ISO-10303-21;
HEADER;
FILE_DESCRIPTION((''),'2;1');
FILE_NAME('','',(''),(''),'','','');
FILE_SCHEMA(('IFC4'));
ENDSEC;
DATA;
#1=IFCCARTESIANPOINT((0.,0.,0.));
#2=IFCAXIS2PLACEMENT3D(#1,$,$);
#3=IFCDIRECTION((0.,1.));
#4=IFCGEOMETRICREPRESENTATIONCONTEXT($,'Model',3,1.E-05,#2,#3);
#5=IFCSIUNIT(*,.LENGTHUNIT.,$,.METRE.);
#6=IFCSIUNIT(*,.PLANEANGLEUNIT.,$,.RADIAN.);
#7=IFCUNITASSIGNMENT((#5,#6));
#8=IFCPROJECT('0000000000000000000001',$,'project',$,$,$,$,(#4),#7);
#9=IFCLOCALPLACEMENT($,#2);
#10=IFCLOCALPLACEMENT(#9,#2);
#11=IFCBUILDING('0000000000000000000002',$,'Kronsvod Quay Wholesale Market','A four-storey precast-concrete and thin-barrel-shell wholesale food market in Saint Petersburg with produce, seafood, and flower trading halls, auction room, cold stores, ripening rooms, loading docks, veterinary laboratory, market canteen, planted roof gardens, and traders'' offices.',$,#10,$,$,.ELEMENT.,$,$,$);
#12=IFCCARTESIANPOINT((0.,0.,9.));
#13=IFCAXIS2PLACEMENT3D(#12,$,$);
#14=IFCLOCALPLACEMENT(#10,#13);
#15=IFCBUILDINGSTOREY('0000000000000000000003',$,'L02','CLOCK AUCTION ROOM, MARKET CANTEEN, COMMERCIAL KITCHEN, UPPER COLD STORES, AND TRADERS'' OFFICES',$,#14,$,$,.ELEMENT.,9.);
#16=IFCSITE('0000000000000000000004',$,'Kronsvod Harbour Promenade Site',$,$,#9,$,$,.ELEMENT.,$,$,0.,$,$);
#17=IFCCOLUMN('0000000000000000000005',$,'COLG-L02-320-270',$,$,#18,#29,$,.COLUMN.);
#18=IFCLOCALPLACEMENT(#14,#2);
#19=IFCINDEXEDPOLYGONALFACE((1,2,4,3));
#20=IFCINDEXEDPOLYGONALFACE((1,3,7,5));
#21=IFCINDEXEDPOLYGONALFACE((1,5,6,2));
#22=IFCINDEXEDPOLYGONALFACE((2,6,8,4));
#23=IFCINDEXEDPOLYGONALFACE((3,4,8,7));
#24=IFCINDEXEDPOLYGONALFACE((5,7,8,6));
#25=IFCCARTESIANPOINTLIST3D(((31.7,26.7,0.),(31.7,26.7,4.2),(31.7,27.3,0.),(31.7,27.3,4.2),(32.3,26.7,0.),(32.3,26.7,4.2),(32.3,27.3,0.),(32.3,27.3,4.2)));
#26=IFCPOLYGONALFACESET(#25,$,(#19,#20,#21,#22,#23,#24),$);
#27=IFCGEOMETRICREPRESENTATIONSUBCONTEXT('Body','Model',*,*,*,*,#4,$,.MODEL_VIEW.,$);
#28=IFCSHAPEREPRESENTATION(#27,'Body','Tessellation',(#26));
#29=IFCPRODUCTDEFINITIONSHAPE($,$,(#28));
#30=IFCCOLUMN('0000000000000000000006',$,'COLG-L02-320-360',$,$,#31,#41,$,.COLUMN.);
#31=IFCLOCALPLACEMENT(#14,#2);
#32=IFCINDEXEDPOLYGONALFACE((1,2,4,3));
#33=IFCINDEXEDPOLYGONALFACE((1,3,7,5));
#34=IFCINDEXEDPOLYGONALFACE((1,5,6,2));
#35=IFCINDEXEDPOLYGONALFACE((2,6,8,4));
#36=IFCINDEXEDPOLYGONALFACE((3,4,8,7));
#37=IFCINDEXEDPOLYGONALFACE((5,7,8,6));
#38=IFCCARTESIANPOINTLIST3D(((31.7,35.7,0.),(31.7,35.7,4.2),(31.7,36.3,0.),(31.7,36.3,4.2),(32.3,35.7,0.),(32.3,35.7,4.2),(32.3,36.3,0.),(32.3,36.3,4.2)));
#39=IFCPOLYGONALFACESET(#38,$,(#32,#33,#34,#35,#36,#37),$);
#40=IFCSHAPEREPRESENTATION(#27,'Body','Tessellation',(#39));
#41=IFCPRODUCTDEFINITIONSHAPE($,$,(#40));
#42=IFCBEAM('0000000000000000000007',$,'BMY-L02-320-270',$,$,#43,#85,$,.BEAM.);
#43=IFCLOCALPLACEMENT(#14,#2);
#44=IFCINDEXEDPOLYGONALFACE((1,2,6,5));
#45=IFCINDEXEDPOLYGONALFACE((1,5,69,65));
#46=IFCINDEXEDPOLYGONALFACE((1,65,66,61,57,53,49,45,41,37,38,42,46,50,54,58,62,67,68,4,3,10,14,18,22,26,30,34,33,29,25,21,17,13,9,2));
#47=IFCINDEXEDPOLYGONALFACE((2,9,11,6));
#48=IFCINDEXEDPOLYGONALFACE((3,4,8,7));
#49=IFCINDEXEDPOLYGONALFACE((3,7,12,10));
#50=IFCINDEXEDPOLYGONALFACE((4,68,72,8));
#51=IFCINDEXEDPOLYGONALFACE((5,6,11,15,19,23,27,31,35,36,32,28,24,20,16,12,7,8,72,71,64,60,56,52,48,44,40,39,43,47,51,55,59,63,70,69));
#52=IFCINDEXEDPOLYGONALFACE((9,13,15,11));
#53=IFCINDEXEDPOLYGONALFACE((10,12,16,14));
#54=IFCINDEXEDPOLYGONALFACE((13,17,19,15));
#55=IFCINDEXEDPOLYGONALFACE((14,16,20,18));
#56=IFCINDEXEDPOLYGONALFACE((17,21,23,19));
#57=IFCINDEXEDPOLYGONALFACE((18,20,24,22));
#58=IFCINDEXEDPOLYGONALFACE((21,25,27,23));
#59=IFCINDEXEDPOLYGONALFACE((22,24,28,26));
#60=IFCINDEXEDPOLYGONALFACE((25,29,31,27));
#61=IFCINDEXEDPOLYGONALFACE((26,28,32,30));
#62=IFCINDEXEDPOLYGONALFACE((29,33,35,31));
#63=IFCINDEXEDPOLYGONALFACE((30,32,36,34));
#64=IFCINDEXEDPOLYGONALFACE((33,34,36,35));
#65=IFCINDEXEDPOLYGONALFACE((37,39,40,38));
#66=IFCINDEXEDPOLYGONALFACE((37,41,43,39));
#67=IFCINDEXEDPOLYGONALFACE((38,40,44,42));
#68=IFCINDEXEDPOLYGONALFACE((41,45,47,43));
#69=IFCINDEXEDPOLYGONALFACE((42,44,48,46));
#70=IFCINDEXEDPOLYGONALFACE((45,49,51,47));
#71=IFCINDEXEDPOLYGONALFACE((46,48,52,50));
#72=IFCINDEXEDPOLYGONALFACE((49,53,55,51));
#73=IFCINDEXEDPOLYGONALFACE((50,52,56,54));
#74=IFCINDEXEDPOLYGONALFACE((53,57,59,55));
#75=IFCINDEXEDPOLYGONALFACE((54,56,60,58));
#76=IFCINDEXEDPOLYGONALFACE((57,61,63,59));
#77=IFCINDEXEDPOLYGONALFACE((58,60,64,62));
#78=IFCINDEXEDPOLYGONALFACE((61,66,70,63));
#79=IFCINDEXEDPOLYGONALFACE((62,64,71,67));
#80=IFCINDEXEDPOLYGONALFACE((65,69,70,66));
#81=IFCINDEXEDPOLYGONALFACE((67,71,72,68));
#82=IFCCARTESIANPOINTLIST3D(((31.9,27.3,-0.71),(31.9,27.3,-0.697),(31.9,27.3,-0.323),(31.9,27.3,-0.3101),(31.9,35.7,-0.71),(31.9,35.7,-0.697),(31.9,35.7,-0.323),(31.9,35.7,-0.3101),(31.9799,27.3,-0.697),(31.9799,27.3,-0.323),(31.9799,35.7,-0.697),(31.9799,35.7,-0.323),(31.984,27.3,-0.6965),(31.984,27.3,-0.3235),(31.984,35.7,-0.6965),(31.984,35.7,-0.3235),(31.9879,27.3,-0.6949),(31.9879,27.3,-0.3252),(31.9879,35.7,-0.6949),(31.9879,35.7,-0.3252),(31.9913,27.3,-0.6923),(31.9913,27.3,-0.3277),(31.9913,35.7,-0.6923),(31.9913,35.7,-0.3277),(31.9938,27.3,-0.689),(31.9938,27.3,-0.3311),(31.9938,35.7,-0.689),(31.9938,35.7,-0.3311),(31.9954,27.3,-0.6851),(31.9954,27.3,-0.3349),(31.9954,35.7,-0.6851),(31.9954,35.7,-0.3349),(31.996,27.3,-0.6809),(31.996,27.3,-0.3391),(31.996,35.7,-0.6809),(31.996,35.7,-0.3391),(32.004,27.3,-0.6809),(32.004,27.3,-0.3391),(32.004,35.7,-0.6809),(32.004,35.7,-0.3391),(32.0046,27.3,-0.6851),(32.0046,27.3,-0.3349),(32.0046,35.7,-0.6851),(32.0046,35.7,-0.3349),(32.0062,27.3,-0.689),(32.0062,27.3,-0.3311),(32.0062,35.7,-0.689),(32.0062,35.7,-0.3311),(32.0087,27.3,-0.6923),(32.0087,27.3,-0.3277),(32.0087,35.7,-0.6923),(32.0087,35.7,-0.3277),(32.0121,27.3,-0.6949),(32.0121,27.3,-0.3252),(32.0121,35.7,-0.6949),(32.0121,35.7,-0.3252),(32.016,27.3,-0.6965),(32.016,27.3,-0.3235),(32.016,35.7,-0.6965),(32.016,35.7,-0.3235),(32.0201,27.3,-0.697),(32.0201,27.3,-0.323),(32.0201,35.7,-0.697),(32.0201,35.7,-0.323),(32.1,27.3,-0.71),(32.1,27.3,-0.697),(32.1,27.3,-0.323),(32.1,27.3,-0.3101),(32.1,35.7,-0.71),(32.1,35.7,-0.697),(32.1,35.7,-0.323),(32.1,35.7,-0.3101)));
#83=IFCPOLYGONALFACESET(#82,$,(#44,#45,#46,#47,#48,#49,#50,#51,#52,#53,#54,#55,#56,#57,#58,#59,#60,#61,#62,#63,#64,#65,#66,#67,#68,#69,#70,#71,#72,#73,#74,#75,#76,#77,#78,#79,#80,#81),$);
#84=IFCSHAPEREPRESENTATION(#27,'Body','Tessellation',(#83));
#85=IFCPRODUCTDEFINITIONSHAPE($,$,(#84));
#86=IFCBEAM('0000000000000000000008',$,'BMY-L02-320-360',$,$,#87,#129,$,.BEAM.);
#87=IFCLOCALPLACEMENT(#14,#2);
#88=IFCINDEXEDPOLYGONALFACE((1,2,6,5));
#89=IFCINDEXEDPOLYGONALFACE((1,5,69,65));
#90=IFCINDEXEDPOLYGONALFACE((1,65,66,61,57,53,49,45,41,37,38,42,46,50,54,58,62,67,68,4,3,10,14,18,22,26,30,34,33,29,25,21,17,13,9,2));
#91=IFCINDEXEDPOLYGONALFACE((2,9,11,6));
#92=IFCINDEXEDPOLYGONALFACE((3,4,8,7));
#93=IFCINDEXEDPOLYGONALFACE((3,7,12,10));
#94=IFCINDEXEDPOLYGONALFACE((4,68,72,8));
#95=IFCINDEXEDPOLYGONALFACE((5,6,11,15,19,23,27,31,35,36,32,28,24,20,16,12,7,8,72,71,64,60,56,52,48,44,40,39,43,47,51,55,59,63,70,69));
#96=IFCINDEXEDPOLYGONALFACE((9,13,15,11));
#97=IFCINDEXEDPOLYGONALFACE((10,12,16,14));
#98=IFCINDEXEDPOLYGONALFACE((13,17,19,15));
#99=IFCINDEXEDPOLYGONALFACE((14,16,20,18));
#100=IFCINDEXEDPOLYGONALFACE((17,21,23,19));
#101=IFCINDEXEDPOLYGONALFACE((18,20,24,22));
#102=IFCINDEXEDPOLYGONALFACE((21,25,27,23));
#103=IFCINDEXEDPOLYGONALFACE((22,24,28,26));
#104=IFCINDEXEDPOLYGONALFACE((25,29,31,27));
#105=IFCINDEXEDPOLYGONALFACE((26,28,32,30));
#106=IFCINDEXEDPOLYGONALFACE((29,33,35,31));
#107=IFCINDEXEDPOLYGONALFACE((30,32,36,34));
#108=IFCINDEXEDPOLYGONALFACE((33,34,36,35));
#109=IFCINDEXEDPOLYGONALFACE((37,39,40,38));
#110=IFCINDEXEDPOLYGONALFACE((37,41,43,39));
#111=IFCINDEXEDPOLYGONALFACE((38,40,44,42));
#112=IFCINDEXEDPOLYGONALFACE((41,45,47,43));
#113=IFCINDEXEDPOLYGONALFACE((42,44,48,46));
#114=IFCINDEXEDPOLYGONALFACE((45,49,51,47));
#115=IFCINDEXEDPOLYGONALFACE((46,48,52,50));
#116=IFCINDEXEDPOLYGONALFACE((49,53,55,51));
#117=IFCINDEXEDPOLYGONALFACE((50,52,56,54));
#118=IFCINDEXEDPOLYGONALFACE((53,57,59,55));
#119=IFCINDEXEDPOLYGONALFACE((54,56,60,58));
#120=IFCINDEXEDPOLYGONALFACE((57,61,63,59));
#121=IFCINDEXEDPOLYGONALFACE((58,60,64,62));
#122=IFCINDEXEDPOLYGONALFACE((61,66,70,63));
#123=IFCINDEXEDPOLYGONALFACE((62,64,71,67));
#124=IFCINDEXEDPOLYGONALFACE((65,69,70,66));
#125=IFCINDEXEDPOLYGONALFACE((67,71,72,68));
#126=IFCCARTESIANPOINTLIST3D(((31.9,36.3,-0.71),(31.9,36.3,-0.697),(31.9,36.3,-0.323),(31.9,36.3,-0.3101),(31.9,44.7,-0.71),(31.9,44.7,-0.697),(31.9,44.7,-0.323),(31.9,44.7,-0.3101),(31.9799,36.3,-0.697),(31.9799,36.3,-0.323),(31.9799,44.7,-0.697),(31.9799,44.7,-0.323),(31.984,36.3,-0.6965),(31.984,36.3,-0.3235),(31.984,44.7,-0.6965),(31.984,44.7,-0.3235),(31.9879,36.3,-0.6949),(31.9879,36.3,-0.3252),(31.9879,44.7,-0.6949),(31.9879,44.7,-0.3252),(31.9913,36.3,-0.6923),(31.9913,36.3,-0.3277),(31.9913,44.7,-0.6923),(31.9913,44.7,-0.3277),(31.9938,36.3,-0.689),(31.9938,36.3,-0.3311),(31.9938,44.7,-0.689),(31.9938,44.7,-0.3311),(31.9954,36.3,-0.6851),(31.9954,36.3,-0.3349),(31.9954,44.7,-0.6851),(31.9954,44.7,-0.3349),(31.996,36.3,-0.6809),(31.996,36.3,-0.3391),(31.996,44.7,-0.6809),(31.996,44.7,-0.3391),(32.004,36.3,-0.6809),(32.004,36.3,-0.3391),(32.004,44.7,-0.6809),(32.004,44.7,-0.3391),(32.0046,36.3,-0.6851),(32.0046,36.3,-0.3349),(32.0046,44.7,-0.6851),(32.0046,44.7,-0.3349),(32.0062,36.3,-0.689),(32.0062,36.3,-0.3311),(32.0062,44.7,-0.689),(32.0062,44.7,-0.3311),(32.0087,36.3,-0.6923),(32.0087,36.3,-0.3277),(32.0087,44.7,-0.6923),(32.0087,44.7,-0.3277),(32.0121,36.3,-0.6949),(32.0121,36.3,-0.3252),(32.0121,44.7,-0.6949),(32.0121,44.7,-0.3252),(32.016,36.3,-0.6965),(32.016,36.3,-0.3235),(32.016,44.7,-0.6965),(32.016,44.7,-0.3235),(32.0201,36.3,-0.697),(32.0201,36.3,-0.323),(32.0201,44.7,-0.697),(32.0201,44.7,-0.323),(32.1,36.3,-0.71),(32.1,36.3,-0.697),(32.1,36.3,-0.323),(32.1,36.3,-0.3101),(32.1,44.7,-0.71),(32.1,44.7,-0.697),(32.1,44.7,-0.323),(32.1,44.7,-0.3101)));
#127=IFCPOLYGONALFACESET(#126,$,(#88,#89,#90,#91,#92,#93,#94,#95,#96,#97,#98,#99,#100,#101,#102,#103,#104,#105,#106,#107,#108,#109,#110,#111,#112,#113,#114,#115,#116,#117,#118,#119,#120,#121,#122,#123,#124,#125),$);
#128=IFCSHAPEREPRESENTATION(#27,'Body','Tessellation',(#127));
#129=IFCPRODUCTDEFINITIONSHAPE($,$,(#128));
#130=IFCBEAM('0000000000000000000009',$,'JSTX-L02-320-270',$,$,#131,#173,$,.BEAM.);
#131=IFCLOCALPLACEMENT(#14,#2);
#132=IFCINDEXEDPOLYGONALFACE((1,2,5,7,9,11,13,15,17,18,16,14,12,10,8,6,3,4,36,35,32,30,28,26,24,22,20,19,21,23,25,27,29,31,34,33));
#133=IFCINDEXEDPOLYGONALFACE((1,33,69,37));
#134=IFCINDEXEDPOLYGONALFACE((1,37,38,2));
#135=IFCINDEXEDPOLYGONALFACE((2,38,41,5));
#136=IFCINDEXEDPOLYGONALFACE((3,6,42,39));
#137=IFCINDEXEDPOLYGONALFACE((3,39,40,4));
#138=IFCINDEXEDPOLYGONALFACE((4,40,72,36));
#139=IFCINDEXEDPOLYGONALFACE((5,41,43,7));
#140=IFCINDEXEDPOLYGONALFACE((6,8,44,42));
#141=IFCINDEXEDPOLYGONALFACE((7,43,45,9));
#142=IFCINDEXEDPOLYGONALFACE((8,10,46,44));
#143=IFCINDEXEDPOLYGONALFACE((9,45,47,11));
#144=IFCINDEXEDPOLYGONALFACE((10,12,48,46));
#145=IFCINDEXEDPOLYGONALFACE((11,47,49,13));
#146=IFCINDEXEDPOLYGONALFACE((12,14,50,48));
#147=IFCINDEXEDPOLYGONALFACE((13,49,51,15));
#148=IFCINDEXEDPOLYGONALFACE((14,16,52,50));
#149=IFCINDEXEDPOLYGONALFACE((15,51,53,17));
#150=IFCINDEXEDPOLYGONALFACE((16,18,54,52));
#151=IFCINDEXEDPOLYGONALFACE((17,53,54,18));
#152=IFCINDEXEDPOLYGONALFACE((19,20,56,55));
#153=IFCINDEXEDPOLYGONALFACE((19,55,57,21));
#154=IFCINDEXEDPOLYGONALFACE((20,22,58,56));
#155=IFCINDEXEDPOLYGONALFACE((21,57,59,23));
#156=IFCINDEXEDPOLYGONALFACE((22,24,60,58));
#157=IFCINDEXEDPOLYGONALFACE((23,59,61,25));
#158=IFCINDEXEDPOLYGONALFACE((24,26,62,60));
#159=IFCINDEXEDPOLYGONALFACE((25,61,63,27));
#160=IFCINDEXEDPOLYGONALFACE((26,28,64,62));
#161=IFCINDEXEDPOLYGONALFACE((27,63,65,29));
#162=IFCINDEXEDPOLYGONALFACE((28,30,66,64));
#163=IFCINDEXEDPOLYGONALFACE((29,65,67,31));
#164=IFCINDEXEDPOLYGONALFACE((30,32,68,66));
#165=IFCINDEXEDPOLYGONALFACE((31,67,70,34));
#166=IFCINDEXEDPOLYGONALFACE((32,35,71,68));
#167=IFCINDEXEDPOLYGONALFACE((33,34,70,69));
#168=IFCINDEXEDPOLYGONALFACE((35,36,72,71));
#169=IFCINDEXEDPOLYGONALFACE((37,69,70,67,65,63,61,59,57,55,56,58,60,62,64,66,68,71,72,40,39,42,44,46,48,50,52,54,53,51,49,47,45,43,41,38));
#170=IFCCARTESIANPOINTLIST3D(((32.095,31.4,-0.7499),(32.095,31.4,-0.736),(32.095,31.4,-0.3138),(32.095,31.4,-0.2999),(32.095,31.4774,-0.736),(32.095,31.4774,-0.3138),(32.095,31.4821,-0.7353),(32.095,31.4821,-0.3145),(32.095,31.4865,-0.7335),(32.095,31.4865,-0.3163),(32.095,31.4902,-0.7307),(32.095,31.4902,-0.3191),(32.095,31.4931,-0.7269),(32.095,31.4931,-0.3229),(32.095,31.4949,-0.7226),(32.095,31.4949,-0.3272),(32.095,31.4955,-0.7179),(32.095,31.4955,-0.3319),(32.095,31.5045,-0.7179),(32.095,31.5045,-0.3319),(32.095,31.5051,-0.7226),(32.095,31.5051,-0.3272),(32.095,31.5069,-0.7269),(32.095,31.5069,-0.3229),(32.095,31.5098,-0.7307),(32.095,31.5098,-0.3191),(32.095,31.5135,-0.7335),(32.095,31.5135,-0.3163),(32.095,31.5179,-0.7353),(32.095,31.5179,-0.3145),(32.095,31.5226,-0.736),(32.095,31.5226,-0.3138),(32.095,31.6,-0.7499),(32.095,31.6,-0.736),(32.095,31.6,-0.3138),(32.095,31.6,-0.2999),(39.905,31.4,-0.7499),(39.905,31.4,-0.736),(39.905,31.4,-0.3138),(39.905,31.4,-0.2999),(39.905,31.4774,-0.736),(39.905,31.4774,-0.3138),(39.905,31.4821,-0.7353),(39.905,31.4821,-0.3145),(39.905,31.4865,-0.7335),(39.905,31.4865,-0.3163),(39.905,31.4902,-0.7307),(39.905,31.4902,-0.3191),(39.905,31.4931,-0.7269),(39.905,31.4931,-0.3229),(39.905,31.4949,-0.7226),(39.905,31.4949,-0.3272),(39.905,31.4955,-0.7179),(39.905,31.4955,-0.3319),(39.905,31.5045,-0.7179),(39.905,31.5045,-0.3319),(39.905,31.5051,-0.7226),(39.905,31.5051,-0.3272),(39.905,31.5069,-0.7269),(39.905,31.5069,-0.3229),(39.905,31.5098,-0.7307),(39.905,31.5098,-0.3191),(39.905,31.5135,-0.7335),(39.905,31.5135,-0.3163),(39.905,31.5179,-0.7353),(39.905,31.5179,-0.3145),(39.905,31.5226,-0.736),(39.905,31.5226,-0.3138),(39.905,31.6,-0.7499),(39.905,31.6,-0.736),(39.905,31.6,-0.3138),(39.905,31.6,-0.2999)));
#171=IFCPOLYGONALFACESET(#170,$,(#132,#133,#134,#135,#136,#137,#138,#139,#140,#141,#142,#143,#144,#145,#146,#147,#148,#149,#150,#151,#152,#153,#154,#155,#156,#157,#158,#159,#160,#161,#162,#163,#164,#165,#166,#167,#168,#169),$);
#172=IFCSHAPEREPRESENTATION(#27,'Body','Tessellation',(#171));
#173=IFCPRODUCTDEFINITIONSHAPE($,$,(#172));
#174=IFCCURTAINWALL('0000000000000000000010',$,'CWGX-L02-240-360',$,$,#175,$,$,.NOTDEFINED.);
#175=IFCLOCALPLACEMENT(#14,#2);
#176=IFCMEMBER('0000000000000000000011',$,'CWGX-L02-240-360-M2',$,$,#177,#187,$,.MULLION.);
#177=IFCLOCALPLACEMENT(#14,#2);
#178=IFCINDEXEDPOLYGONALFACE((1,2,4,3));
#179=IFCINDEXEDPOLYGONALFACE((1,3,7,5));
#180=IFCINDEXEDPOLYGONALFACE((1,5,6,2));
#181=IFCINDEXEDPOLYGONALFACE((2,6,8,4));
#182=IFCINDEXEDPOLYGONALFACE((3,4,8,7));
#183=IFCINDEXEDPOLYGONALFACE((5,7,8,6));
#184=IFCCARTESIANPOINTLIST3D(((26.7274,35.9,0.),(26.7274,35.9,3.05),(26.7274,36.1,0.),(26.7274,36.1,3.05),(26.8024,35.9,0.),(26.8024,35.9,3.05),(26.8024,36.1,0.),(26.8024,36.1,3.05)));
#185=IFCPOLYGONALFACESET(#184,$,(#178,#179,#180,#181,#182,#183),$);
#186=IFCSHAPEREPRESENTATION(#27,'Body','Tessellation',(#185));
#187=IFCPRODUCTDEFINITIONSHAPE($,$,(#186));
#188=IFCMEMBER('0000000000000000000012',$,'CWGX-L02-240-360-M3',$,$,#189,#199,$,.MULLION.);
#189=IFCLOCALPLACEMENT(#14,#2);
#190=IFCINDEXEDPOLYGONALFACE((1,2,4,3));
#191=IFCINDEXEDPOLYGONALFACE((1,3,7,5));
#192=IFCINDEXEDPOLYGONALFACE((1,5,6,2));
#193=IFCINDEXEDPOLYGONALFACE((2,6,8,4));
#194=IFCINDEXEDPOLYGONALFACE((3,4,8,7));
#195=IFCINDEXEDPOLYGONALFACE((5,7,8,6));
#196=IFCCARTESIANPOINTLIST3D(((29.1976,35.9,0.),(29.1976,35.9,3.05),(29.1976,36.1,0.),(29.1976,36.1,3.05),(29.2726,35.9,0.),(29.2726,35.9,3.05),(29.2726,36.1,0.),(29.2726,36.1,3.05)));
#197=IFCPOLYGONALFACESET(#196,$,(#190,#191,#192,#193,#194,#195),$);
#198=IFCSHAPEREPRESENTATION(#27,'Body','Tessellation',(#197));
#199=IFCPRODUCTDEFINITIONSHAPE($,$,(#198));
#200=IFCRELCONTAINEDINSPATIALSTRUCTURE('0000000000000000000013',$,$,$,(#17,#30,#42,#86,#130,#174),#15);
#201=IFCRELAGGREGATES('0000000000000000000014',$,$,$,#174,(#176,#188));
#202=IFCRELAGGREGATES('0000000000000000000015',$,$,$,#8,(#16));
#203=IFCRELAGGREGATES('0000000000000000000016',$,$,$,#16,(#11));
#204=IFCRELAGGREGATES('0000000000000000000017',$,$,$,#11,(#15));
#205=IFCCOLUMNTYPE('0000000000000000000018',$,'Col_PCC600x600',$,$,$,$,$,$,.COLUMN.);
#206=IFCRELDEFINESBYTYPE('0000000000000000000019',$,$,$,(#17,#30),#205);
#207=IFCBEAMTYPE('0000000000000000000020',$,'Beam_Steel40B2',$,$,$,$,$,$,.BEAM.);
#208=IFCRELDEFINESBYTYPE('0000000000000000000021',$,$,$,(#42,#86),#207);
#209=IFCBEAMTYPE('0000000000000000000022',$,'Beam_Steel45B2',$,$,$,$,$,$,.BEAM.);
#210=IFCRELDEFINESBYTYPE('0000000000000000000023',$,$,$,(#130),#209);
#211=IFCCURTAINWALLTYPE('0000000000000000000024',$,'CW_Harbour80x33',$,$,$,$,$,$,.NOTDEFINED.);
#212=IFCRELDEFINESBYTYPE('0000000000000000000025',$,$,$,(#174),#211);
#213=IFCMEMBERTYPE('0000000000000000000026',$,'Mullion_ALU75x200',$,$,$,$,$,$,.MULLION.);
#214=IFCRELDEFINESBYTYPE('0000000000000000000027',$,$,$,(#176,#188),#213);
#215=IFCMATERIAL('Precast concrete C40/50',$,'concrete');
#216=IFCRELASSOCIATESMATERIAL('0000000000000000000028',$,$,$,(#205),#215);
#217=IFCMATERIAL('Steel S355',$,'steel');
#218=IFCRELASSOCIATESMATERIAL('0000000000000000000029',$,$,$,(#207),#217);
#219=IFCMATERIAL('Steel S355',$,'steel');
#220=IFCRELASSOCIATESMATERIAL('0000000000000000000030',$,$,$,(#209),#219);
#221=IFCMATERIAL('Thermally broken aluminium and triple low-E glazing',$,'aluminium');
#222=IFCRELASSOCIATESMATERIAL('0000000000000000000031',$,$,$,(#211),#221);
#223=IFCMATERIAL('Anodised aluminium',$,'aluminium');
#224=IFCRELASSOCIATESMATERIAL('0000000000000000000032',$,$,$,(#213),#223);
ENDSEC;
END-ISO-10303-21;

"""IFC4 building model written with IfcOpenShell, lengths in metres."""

from ifc_helpers import new_model, si_unit, direction, frame, origin, origin_2d, place, context, subcontext, project, spatial, rectangle, i_section, extrude, material, material_profile, profile_set, type_object, element, aggregate, save


model = new_model("IFC4")

# Units and contexts
model_context = context("Model", 3, precision=1e-05, world=origin(), true_north=direction((0.0, 1.0)))
body_context = subcontext(model_context, "Body", "Model", "MODEL_VIEW")
ifc_project = project(units=[si_unit("LENGTHUNIT", "METRE"), si_unit("PLANEANGLEUNIT", "RADIAN")], contexts=[model_context])

# Site, building, storey
site_placement = place(None, origin())
site = spatial("IfcSite", under=ifc_project, at=site_placement, Name="Kronsvod Harbour Promenade Site", CompositionType="ELEMENT", RefElevation=0.0)
building_placement = place(site_placement, origin())
building = spatial("IfcBuilding", under=site, at=building_placement, Name="Kronsvod Quay Wholesale Market", Description="A four-storey precast-concrete and thin-barrel-shell wholesale food market in Saint Petersburg with produce, seafood, and flower trading halls, auction room, cold stores, ripening rooms, loading docks, veterinary laboratory, market canteen, planted roof gardens, and traders' offices.", CompositionType="ELEMENT")
storey_placement = place(building_placement, frame((0.0, 0.0, 9.0)))
storey = spatial("IfcBuildingStorey", under=building, at=storey_placement, Name="L02", Description="CLOCK AUCTION ROOM, MARKET CANTEEN, COMMERCIAL KITCHEN, UPPER COLD STORES, AND TRADERS' OFFICES", CompositionType="ELEMENT", Elevation=9.0)

# Columns
ifc_material_1 = material(Name="Precast concrete C40/50", Category="concrete")
ifc_material_profile_1 = material_profile(ifc_material_1, rectangle(XDim=0.6001, YDim=0.6001, at=origin_2d()), Name="PCC600x600")
ifc_profile_set_1 = profile_set([ifc_material_profile_1], Name="Precast concrete C40/50")
column_type = type_object("IfcColumnType", Name="Col_PCC600x600", PredefinedType="COLUMN", material=ifc_profile_set_1)
for number, where, z_axis, x_axis, name in (
    (1, (32.0, 27.0, 0.0), (0.0, 0.0, 1.0), (1.0, 0.0, 0.0), "COLG-L02-320-270"),
    (2, (32.0, 36.0, 0.0), (0.0, 0.0, 1.0), (1.0, 0.0, 0.0), "COLG-L02-320-360"),
):
    element("IfcColumn", number, at=place(storey_placement, frame(where, z_axis=z_axis, x_axis=x_axis)), inside=storey, type_object=column_type, Name=name, PredefinedType="COLUMN", context=body_context, shape_type="SweptSolid", body=[
        extrude(rectangle(XDim=0.6001, YDim=0.6001, at=origin_2d()), origin(), (0.0, 0.0, 1.0), 4.2),
    ])

# Beams
ifc_material_2 = material(Name="Steel S355", Category="steel")
ifc_material_profile_2 = material_profile(ifc_material_2, i_section(OverallWidth=0.2, OverallDepth=0.3999, WebThickness=0.0081, FlangeThickness=0.0129, FilletRadius=0.0161, at=origin_2d()), Name="40B2")
ifc_profile_set_2 = profile_set([ifc_material_profile_2], Name="Steel S355")
beam_type_1 = type_object("IfcBeamType", Name="Beam_Steel40B2", PredefinedType="BEAM", material=ifc_profile_set_2)
for number, where, z_axis, x_axis, name in (
    (3, (32.0, 27.3, -0.51), (0.0, 1.0, 0.0), (-1.0, 0.0, 0.0), "BMY-L02-320-270"),
    (4, (32.0, 36.3, -0.51), (0.0, 1.0, 0.0), (-1.0, 0.0, 0.0), "BMY-L02-320-360"),
):
    element("IfcBeam", number, at=place(storey_placement, frame(where, z_axis=z_axis, x_axis=x_axis)), inside=storey, type_object=beam_type_1, Name=name, PredefinedType="BEAM", context=body_context, shape_type="SweptSolid", body=[
        extrude(i_section(OverallWidth=0.2, OverallDepth=0.3999, WebThickness=0.0081, FlangeThickness=0.0129, FilletRadius=0.0161, at=origin_2d()), origin(), (0.0, 0.0, 1.0), 8.3999),
    ])
ifc_material_3 = material(Name="Steel S355", Category="steel")
ifc_material_profile_3 = material_profile(ifc_material_3, i_section(OverallWidth=0.2, OverallDepth=0.45, WebThickness=0.009, FlangeThickness=0.0139, FilletRadius=0.0181, at=origin_2d()), Name="45B2")
ifc_profile_set_3 = profile_set([ifc_material_profile_3], Name="Steel S355")
beam_type_2 = type_object("IfcBeamType", Name="Beam_Steel45B2", PredefinedType="BEAM", material=ifc_profile_set_3)
beam_placement = place(storey_placement, frame((32.095, 31.5, -0.5249), z_axis=(1.0, 0.0, 0.0), x_axis=(0.0, 1.0, 0.0)))
element("IfcBeam", 5, at=beam_placement, inside=storey, type_object=beam_type_2, Name="JSTX-L02-320-270", PredefinedType="BEAM", context=body_context, shape_type="SweptSolid", body=[
    extrude(i_section(OverallWidth=0.2, OverallDepth=0.45, WebThickness=0.009, FlangeThickness=0.0139, FilletRadius=0.0181, at=origin_2d()), origin(), (0.0, 0.0, 1.0), 7.8101),
])

# Curtain wall, members
ifc_material_4 = material(Name="Thermally broken aluminium and triple low-E glazing", Category="aluminium")
curtain_wall_type = type_object("IfcCurtainWallType", Name="CW_Harbour80x33", PredefinedType="NOTDEFINED", material=ifc_material_4)
curtain_wall_placement = place(storey_placement, origin())
curtain_wall = element("IfcCurtainWall", 6, at=curtain_wall_placement, inside=storey, type_object=curtain_wall_type, Name="CWGX-L02-240-360", PredefinedType="NOTDEFINED")
ifc_material_5 = material(Name="Anodised aluminium", Category="aluminium")
ifc_material_profile_4 = material_profile(ifc_material_5, rectangle(XDim=0.075, YDim=0.2, at=origin_2d()), Name="ALUM75x200")
ifc_profile_set_4 = profile_set([ifc_material_profile_4], Name="Anodised aluminium")
member_type_1 = type_object("IfcMemberType", Name="Mullion_ALU75x200", PredefinedType="MULLION", material=ifc_profile_set_4)
member_1_placement = place(storey_placement, frame((26.7649, 36.0, 0.0), z_axis=(0.0, 0.0, 1.0), x_axis=(1.0, 0.0, 0.0)))
member_1 = element("IfcMember", 7, at=member_1_placement, type_object=member_type_1, Name="CWGX-L02-240-360-M2", PredefinedType="MULLION", context=body_context, shape_type="SweptSolid", body=[
    extrude(rectangle(XDim=0.075, YDim=0.2, at=origin_2d()), origin(), (0.0, 0.0, 1.0), 3.05),
])
member_2_placement = place(storey_placement, frame((29.2351, 36.0, 0.0), z_axis=(0.0, 0.0, 1.0), x_axis=(1.0, 0.0, 0.0)))
member_2 = element("IfcMember", 8, at=member_2_placement, type_object=member_type_1, Name="CWGX-L02-240-360-M3", PredefinedType="MULLION", context=body_context, shape_type="SweptSolid", body=[
    extrude(rectangle(XDim=0.075, YDim=0.2, at=origin_2d()), origin(), (0.0, 0.0, 1.0), 3.05),
])
aggregate(curtain_wall, [member_1, member_2])

save(model, "model.ifc")
